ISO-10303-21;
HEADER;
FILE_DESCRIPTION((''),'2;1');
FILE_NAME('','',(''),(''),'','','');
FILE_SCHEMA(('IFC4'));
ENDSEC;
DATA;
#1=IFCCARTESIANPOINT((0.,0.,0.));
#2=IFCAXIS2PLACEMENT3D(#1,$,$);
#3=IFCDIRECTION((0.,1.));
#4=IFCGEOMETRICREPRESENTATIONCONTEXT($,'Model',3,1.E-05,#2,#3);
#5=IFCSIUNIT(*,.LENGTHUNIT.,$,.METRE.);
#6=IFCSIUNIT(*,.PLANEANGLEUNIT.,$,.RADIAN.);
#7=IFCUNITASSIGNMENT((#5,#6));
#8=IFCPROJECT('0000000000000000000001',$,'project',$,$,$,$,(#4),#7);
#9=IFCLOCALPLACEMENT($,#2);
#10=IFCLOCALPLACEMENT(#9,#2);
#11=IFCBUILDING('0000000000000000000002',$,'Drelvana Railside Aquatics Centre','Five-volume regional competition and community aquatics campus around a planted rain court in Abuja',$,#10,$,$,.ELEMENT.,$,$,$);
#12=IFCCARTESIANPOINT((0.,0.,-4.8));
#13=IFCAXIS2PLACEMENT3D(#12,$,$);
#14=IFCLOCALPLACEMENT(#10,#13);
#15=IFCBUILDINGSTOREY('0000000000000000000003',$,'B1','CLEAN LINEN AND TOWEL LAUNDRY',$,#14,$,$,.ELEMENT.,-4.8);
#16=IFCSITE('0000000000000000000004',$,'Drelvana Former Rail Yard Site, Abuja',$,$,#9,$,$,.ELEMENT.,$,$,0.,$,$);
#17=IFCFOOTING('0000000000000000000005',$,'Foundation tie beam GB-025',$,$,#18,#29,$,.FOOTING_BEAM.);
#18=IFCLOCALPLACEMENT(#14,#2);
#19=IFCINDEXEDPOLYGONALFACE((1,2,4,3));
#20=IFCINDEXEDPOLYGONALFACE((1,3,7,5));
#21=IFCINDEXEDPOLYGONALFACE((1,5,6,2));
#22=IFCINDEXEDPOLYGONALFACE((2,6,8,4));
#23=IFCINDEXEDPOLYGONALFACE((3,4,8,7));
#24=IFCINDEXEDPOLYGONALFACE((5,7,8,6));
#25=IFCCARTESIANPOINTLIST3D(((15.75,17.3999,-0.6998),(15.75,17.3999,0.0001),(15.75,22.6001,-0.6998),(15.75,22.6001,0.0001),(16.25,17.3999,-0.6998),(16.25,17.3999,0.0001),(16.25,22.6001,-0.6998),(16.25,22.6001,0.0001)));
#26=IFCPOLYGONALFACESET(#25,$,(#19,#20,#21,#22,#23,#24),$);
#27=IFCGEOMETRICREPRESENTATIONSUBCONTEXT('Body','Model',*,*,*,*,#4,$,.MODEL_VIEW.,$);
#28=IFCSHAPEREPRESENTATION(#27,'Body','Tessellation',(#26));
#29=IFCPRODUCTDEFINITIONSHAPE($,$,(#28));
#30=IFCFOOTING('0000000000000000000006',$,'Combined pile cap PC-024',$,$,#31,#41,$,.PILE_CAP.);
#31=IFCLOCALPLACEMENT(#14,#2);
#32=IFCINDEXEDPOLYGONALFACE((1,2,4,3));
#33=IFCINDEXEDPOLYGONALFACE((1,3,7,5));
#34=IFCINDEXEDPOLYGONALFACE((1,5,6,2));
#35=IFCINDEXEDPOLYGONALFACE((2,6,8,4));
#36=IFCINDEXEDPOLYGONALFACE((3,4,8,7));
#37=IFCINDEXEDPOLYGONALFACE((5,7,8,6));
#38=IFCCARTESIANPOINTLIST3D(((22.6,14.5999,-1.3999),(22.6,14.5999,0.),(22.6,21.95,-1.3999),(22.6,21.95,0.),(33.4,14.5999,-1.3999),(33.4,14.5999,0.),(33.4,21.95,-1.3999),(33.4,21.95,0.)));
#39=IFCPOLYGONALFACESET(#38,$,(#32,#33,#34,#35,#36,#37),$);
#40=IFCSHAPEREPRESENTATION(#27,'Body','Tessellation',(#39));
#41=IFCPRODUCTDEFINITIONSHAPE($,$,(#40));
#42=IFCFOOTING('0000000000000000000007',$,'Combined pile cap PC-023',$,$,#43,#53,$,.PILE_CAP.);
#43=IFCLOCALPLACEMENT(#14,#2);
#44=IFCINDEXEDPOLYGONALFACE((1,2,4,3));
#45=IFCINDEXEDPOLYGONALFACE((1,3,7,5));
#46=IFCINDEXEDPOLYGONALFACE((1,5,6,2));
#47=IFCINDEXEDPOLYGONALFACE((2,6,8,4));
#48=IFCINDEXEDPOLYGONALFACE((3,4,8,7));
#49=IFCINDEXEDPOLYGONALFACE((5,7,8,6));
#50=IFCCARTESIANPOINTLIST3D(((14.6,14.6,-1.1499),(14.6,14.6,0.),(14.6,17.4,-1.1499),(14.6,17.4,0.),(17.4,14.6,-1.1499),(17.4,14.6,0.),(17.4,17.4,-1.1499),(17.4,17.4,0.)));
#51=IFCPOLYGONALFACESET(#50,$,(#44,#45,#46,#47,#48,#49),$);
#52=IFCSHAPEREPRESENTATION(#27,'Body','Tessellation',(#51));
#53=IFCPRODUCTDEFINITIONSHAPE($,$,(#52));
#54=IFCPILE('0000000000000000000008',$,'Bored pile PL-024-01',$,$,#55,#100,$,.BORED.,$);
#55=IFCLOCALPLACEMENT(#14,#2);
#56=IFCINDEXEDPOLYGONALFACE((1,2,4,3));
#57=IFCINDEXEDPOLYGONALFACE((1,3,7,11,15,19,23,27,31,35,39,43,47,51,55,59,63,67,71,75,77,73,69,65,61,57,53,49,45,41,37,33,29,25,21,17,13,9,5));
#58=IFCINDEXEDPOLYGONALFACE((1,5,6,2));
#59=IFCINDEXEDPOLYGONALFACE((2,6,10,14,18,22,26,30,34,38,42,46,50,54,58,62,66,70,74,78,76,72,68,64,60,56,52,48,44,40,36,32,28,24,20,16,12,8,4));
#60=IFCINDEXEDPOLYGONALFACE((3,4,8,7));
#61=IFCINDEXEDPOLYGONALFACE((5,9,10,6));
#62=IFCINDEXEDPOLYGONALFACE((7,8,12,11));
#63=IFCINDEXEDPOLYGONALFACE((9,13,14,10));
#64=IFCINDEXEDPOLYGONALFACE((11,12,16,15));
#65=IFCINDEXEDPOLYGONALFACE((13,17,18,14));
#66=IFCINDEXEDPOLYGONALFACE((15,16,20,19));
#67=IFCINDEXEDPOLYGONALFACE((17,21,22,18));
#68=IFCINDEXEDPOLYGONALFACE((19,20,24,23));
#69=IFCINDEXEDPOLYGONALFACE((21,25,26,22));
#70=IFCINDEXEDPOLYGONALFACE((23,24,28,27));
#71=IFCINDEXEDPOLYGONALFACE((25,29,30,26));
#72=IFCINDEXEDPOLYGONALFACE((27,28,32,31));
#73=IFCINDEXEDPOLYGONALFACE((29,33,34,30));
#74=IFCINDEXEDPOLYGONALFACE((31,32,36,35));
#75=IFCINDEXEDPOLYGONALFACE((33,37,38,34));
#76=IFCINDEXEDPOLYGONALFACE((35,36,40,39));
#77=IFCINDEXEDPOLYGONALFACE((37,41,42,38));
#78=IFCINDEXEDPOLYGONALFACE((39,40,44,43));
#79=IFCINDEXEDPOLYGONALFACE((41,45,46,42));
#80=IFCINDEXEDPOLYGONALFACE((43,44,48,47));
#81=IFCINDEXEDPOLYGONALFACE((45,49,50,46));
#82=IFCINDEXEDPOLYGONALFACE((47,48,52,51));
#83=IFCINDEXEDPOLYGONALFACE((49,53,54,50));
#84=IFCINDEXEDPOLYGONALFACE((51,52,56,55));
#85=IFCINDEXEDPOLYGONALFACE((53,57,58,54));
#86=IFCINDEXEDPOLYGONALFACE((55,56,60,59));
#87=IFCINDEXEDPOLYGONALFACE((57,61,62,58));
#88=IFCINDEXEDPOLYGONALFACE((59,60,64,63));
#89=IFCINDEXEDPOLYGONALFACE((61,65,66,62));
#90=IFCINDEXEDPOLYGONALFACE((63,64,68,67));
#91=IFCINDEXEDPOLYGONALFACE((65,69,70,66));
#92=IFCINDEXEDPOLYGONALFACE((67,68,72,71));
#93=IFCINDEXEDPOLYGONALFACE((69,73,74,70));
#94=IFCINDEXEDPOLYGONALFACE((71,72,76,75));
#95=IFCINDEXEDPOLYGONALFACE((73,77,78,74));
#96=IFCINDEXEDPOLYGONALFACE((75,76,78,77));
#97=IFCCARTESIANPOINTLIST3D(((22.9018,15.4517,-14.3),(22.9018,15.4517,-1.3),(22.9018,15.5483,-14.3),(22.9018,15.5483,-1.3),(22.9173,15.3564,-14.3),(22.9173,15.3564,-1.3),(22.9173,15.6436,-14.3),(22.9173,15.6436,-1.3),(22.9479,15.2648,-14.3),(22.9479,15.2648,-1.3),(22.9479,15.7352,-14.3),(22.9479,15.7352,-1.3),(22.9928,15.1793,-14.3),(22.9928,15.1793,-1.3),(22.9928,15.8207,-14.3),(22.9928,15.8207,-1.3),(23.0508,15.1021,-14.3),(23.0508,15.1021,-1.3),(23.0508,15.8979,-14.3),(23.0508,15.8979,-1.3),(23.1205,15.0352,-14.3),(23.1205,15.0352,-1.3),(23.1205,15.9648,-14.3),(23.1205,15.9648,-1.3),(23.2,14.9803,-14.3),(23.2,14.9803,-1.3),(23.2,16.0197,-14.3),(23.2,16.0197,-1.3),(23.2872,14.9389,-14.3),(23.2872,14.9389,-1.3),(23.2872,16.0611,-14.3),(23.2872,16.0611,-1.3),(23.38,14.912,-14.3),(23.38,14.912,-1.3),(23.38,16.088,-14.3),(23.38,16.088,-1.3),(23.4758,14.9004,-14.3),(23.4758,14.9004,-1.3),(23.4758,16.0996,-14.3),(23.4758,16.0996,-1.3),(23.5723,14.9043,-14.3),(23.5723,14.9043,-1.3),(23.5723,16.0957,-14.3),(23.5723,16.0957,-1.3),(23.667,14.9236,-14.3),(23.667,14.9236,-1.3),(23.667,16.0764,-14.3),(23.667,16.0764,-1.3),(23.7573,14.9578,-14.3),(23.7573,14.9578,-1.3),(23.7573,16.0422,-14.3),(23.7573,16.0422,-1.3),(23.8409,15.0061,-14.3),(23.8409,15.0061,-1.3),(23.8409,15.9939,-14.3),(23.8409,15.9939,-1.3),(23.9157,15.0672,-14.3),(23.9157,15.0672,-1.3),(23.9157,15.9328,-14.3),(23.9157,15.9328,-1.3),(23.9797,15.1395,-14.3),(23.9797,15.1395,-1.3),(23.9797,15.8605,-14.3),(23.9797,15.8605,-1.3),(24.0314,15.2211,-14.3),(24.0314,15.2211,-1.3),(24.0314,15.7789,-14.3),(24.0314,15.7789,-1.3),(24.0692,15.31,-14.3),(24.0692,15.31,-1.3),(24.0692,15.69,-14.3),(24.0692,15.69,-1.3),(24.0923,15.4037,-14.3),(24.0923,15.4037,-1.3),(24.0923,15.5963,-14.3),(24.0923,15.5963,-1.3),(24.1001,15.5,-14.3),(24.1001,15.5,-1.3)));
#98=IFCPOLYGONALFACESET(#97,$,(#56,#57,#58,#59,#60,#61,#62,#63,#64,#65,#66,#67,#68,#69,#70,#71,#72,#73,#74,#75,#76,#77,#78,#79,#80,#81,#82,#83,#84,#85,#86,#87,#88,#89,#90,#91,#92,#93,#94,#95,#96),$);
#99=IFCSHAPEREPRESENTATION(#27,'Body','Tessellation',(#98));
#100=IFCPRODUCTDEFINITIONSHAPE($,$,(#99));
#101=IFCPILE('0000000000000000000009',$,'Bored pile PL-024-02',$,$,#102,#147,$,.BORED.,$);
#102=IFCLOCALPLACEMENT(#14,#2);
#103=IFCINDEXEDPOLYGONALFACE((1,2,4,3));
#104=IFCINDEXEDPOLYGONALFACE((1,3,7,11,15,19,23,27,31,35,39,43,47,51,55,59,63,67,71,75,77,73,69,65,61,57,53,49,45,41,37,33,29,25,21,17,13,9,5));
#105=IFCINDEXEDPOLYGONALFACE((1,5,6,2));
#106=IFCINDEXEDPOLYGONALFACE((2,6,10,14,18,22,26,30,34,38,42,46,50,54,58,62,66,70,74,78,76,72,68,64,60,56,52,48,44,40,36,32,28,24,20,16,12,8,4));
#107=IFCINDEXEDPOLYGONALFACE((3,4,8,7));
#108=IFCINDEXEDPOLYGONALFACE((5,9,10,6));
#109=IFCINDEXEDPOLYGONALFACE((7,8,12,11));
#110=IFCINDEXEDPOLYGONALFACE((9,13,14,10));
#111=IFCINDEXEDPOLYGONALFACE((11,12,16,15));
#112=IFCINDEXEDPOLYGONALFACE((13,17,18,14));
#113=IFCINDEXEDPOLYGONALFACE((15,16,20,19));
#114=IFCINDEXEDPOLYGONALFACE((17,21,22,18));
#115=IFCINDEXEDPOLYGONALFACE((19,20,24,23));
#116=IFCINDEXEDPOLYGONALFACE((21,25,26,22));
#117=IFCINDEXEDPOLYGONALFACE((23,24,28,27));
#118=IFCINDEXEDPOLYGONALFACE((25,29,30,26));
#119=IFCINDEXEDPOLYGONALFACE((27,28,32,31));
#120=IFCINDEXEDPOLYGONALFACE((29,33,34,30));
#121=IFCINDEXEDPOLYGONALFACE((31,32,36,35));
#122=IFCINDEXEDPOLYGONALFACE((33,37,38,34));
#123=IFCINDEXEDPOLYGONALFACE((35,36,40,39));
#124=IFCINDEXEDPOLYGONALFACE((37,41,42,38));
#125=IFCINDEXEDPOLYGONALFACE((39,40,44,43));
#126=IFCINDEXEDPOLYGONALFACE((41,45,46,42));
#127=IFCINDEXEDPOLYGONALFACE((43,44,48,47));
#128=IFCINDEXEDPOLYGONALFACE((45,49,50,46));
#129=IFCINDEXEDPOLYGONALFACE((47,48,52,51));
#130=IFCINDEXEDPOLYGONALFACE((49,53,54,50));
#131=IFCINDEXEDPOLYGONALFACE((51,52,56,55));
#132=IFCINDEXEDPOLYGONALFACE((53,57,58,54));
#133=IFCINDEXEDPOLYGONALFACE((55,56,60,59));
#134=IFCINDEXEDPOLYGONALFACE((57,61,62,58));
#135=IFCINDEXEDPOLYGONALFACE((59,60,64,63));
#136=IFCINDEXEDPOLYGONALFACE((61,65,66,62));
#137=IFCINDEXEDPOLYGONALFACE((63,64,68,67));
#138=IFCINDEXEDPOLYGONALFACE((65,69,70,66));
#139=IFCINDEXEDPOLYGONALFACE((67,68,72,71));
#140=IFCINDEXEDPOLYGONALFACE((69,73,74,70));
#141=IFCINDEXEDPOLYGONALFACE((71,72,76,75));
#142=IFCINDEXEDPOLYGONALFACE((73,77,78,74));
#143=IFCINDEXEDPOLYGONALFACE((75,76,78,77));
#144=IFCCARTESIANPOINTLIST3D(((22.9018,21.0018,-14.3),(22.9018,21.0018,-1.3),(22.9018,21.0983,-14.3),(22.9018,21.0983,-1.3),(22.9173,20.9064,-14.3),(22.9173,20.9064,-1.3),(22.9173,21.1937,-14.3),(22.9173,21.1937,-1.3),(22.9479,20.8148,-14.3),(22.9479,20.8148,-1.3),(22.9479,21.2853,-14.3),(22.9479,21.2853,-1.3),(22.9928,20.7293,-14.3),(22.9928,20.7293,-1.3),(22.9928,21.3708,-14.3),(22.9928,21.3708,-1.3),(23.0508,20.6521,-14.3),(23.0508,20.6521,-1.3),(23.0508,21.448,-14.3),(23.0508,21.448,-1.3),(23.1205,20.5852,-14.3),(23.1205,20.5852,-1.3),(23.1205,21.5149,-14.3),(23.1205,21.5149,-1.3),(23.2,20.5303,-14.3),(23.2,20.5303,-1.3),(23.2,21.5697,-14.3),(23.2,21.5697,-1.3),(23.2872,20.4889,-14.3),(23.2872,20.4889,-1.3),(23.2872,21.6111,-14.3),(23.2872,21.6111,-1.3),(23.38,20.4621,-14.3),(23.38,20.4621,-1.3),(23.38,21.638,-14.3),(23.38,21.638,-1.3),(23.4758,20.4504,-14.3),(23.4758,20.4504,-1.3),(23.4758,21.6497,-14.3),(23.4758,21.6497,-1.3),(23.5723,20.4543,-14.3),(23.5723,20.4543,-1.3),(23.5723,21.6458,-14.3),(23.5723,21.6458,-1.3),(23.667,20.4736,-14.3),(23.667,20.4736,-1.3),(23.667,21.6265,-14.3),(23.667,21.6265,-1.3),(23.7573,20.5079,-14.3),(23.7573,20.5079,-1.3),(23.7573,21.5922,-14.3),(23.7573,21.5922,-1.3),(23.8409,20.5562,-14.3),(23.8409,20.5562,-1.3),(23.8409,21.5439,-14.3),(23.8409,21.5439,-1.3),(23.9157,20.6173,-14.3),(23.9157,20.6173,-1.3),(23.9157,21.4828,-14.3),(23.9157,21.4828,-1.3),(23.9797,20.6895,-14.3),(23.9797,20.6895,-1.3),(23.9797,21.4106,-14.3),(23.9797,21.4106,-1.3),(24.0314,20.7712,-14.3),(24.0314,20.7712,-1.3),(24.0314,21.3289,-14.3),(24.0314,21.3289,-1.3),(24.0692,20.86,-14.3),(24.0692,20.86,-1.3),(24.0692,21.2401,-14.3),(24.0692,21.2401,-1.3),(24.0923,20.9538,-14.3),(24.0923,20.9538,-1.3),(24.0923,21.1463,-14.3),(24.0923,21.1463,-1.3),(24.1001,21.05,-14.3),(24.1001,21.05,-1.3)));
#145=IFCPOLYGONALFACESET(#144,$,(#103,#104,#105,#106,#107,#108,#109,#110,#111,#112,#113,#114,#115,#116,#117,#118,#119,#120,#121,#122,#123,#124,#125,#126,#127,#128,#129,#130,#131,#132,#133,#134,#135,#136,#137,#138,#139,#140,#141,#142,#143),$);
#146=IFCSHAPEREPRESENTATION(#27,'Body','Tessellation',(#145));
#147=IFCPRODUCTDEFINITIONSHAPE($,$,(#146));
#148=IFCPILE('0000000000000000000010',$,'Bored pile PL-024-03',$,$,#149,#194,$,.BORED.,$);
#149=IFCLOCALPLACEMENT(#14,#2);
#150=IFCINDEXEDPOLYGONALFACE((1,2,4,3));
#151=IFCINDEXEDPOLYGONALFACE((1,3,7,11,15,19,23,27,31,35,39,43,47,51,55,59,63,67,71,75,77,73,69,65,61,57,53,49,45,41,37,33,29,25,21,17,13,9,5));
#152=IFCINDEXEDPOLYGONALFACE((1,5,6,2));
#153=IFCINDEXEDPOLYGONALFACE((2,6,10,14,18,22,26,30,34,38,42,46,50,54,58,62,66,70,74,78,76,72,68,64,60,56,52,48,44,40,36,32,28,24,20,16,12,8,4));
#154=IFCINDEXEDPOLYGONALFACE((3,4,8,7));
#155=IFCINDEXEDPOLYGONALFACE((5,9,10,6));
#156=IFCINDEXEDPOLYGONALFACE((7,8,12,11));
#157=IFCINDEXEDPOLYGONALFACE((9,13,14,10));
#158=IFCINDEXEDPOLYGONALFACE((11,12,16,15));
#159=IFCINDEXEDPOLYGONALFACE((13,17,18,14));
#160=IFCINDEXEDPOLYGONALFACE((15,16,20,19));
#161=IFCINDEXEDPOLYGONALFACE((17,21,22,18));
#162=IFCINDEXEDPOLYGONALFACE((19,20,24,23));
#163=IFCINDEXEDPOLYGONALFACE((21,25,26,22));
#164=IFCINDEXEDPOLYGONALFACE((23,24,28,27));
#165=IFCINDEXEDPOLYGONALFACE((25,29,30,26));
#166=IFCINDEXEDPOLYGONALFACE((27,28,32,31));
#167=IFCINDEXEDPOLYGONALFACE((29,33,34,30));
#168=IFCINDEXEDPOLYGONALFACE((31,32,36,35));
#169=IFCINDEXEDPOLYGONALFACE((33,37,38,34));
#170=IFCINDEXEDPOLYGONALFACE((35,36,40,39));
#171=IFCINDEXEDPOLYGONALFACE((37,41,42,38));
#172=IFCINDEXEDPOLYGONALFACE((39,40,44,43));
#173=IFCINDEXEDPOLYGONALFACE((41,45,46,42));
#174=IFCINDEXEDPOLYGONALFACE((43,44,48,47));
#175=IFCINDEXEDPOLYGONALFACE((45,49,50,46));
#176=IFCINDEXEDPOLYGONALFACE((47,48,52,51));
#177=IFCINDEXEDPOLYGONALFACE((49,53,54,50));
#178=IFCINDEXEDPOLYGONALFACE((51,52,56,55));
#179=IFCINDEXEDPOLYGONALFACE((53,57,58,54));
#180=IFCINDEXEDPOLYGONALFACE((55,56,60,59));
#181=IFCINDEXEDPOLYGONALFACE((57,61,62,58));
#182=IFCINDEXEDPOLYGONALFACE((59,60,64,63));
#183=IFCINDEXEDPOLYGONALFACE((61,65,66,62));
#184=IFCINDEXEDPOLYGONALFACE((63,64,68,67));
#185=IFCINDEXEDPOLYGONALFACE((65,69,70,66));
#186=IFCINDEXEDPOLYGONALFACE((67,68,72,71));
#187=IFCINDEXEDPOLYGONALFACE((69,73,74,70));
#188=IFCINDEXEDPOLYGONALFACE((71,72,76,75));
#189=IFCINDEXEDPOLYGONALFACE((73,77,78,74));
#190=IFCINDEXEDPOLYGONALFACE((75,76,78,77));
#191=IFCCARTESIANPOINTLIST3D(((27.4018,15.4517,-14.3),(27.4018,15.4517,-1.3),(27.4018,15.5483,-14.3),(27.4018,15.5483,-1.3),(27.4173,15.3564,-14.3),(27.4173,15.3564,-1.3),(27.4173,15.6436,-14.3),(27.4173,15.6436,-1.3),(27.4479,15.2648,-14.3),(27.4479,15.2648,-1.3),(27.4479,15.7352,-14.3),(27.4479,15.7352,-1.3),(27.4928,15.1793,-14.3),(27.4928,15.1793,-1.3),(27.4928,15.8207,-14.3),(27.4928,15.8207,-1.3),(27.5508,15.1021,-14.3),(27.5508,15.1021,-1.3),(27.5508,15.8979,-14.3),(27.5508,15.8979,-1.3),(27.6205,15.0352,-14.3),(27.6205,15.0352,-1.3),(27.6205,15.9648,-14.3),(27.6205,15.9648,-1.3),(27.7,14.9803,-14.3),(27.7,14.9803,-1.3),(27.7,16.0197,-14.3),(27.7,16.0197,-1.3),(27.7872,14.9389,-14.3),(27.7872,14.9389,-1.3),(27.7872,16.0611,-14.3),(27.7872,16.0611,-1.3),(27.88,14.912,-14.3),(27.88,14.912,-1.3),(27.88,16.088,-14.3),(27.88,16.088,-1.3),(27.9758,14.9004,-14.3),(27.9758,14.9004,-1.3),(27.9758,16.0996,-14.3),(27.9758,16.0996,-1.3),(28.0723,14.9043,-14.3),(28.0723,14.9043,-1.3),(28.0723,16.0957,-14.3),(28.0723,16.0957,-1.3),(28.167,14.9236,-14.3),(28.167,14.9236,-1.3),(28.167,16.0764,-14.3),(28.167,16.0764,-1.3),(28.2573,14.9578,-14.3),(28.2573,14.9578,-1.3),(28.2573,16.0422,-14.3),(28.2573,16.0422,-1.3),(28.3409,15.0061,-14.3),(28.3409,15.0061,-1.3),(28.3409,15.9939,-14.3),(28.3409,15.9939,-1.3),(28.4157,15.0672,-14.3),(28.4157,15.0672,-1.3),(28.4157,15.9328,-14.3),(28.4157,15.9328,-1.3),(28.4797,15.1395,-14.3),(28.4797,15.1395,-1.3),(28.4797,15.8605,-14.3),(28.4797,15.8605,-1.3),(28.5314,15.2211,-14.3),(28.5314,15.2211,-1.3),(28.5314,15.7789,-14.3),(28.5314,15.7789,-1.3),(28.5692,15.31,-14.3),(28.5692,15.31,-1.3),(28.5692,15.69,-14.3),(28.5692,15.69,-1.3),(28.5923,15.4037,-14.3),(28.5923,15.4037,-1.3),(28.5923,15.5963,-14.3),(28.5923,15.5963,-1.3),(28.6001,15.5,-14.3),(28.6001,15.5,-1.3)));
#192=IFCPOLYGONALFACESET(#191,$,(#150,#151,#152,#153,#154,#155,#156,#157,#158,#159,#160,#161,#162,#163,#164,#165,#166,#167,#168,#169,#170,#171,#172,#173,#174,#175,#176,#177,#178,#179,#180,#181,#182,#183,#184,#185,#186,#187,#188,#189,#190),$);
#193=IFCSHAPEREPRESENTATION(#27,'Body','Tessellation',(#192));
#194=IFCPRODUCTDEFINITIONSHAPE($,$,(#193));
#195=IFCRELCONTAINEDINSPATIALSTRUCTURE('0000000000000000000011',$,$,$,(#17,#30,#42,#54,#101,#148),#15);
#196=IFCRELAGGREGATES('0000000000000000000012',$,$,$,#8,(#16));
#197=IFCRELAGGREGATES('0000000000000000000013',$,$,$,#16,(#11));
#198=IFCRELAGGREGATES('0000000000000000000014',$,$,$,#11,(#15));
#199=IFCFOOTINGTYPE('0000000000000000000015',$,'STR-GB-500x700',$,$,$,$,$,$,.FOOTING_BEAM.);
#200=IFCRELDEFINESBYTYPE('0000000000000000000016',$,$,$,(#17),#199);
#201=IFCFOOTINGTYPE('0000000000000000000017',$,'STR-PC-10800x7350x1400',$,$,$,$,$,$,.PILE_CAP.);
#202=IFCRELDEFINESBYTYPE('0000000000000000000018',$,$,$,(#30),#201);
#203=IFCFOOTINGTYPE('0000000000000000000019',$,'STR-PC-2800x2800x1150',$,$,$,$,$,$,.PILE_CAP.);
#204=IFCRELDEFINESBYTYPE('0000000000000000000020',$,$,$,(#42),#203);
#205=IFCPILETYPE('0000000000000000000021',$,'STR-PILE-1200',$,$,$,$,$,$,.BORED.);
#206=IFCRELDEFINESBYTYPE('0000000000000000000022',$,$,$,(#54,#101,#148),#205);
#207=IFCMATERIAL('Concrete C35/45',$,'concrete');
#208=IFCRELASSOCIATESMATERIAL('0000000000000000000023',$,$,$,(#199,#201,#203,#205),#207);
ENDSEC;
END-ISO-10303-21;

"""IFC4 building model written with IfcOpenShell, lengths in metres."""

from ifc_helpers import new_model, si_unit, direction, frame, origin, origin_2d, place, context, subcontext, project, spatial, rectangle, circle, extrude, material, material_profile, profile_set, type_object, element, save


model = new_model("IFC4")

# Units and contexts
model_context = context("Model", 3, precision=1e-05, world=origin(), true_north=direction((0.0, 1.0)))
body_context = subcontext(model_context, "Body", "Model", "MODEL_VIEW")
ifc_project = project(units=[si_unit("LENGTHUNIT", "METRE"), si_unit("PLANEANGLEUNIT", "RADIAN")], contexts=[model_context])

# Site, building, storey
site_placement = place(None, origin())
site = spatial("IfcSite", under=ifc_project, at=site_placement, Name="Drelvana Former Rail Yard Site, Abuja", CompositionType="ELEMENT", RefElevation=0.0)
building_placement = place(site_placement, origin())
building = spatial("IfcBuilding", under=site, at=building_placement, Name="Drelvana Railside Aquatics Centre", Description="Five-volume regional competition and community aquatics campus around a planted rain court in Abuja", CompositionType="ELEMENT")
storey_placement = place(building_placement, frame((0.0, 0.0, -4.8)))
storey = spatial("IfcBuildingStorey", under=building, at=storey_placement, Name="B1", Description="CLEAN LINEN AND TOWEL LAUNDRY", CompositionType="ELEMENT", Elevation=-4.8)

# Footings
ifc_material_1 = material(Name="Concrete C35/45", Category="concrete")
ifc_material_profile_1 = material_profile(ifc_material_1, rectangle(XDim=0.5, YDim=0.7, at=origin_2d()), Name="GB 500x700")
ifc_profile_set_1 = profile_set([ifc_material_profile_1], Name="Concrete C35/45")
footing_type_1 = type_object("IfcFootingType", Name="STR-GB-500x700", PredefinedType="FOOTING_BEAM", material=ifc_profile_set_1)
footing_1_placement = place(storey_placement, frame((16.0, 17.3999, -0.3499), z_axis=(0.0, 1.0, 0.0), x_axis=(-1.0, 0.0, 0.0)))
element("IfcFooting", 1, at=footing_1_placement, inside=storey, type_object=footing_type_1, Name="Foundation tie beam GB-025", PredefinedType="FOOTING_BEAM", context=body_context, shape_type="SweptSolid", body=[
    extrude(rectangle(XDim=0.5, YDim=0.7, at=origin_2d()), origin(), (0.0, 0.0, 1.0), 5.2002),
])
footing_type_2 = type_object("IfcFootingType", Name="STR-PC-10800x7350x1400", PredefinedType="PILE_CAP", material=ifc_material_1)
footing_2_placement = place(storey_placement, frame((28.0, 18.2749, -1.3999), z_axis=(0.0, 0.0, 1.0), x_axis=(1.0, 0.0, 0.0)))
element("IfcFooting", 2, at=footing_2_placement, inside=storey, type_object=footing_type_2, Name="Combined pile cap PC-024", PredefinedType="PILE_CAP", context=body_context, shape_type="SweptSolid", body=[
    extrude(rectangle(XDim=10.8, YDim=7.3501, at=origin_2d()), origin(), (0.0, 0.0, 1.0), 1.3999),
])
footing_type_3 = type_object("IfcFootingType", Name="STR-PC-2800x2800x1150", PredefinedType="PILE_CAP", material=ifc_material_1)
footing_3_placement = place(storey_placement, frame((16.0, 16.0, -1.1499), z_axis=(0.0, 0.0, 1.0), x_axis=(1.0, 0.0, 0.0)))
element("IfcFooting", 3, at=footing_3_placement, inside=storey, type_object=footing_type_3, Name="Combined pile cap PC-023", PredefinedType="PILE_CAP", context=body_context, shape_type="SweptSolid", body=[
    extrude(rectangle(XDim=2.8, YDim=2.8, at=origin_2d()), origin(), (0.0, 0.0, 1.0), 1.1499),
])

# Piles
ifc_material_profile_2 = material_profile(ifc_material_1, circle(Radius=0.6001, at=origin_2d()), Name="PILE D1200")
ifc_profile_set_2 = profile_set([ifc_material_profile_2], Name="Concrete C35/45")
pile_type_1 = type_object("IfcPileType", Name="STR-PILE-1200", PredefinedType="BORED", material=ifc_profile_set_2)
for number, where, z_axis, x_axis, name in (
    (4, (23.5, 15.5, -1.3), (0.0, 0.0, -1.0), (1.0, 0.0, 0.0), "Bored pile PL-024-01"),
    (5, (23.5, 21.05, -1.3), (0.0, 0.0, -1.0), (1.0, 0.0, 0.0), "Bored pile PL-024-02"),
    (6, (28.0, 15.5, -1.3), (0.0, 0.0, -1.0), (1.0, 0.0, 0.0), "Bored pile PL-024-03"),
):
    element("IfcPile", number, at=place(storey_placement, frame(where, z_axis=z_axis, x_axis=x_axis)), inside=storey, type_object=pile_type_1, Name=name, PredefinedType="BORED", context=body_context, shape_type="SweptSolid", body=[
        extrude(circle(Radius=0.6001, at=origin_2d()), origin(), (0.0, 0.0, 1.0), 13.0),
    ])

save(model, "model.ifc")
